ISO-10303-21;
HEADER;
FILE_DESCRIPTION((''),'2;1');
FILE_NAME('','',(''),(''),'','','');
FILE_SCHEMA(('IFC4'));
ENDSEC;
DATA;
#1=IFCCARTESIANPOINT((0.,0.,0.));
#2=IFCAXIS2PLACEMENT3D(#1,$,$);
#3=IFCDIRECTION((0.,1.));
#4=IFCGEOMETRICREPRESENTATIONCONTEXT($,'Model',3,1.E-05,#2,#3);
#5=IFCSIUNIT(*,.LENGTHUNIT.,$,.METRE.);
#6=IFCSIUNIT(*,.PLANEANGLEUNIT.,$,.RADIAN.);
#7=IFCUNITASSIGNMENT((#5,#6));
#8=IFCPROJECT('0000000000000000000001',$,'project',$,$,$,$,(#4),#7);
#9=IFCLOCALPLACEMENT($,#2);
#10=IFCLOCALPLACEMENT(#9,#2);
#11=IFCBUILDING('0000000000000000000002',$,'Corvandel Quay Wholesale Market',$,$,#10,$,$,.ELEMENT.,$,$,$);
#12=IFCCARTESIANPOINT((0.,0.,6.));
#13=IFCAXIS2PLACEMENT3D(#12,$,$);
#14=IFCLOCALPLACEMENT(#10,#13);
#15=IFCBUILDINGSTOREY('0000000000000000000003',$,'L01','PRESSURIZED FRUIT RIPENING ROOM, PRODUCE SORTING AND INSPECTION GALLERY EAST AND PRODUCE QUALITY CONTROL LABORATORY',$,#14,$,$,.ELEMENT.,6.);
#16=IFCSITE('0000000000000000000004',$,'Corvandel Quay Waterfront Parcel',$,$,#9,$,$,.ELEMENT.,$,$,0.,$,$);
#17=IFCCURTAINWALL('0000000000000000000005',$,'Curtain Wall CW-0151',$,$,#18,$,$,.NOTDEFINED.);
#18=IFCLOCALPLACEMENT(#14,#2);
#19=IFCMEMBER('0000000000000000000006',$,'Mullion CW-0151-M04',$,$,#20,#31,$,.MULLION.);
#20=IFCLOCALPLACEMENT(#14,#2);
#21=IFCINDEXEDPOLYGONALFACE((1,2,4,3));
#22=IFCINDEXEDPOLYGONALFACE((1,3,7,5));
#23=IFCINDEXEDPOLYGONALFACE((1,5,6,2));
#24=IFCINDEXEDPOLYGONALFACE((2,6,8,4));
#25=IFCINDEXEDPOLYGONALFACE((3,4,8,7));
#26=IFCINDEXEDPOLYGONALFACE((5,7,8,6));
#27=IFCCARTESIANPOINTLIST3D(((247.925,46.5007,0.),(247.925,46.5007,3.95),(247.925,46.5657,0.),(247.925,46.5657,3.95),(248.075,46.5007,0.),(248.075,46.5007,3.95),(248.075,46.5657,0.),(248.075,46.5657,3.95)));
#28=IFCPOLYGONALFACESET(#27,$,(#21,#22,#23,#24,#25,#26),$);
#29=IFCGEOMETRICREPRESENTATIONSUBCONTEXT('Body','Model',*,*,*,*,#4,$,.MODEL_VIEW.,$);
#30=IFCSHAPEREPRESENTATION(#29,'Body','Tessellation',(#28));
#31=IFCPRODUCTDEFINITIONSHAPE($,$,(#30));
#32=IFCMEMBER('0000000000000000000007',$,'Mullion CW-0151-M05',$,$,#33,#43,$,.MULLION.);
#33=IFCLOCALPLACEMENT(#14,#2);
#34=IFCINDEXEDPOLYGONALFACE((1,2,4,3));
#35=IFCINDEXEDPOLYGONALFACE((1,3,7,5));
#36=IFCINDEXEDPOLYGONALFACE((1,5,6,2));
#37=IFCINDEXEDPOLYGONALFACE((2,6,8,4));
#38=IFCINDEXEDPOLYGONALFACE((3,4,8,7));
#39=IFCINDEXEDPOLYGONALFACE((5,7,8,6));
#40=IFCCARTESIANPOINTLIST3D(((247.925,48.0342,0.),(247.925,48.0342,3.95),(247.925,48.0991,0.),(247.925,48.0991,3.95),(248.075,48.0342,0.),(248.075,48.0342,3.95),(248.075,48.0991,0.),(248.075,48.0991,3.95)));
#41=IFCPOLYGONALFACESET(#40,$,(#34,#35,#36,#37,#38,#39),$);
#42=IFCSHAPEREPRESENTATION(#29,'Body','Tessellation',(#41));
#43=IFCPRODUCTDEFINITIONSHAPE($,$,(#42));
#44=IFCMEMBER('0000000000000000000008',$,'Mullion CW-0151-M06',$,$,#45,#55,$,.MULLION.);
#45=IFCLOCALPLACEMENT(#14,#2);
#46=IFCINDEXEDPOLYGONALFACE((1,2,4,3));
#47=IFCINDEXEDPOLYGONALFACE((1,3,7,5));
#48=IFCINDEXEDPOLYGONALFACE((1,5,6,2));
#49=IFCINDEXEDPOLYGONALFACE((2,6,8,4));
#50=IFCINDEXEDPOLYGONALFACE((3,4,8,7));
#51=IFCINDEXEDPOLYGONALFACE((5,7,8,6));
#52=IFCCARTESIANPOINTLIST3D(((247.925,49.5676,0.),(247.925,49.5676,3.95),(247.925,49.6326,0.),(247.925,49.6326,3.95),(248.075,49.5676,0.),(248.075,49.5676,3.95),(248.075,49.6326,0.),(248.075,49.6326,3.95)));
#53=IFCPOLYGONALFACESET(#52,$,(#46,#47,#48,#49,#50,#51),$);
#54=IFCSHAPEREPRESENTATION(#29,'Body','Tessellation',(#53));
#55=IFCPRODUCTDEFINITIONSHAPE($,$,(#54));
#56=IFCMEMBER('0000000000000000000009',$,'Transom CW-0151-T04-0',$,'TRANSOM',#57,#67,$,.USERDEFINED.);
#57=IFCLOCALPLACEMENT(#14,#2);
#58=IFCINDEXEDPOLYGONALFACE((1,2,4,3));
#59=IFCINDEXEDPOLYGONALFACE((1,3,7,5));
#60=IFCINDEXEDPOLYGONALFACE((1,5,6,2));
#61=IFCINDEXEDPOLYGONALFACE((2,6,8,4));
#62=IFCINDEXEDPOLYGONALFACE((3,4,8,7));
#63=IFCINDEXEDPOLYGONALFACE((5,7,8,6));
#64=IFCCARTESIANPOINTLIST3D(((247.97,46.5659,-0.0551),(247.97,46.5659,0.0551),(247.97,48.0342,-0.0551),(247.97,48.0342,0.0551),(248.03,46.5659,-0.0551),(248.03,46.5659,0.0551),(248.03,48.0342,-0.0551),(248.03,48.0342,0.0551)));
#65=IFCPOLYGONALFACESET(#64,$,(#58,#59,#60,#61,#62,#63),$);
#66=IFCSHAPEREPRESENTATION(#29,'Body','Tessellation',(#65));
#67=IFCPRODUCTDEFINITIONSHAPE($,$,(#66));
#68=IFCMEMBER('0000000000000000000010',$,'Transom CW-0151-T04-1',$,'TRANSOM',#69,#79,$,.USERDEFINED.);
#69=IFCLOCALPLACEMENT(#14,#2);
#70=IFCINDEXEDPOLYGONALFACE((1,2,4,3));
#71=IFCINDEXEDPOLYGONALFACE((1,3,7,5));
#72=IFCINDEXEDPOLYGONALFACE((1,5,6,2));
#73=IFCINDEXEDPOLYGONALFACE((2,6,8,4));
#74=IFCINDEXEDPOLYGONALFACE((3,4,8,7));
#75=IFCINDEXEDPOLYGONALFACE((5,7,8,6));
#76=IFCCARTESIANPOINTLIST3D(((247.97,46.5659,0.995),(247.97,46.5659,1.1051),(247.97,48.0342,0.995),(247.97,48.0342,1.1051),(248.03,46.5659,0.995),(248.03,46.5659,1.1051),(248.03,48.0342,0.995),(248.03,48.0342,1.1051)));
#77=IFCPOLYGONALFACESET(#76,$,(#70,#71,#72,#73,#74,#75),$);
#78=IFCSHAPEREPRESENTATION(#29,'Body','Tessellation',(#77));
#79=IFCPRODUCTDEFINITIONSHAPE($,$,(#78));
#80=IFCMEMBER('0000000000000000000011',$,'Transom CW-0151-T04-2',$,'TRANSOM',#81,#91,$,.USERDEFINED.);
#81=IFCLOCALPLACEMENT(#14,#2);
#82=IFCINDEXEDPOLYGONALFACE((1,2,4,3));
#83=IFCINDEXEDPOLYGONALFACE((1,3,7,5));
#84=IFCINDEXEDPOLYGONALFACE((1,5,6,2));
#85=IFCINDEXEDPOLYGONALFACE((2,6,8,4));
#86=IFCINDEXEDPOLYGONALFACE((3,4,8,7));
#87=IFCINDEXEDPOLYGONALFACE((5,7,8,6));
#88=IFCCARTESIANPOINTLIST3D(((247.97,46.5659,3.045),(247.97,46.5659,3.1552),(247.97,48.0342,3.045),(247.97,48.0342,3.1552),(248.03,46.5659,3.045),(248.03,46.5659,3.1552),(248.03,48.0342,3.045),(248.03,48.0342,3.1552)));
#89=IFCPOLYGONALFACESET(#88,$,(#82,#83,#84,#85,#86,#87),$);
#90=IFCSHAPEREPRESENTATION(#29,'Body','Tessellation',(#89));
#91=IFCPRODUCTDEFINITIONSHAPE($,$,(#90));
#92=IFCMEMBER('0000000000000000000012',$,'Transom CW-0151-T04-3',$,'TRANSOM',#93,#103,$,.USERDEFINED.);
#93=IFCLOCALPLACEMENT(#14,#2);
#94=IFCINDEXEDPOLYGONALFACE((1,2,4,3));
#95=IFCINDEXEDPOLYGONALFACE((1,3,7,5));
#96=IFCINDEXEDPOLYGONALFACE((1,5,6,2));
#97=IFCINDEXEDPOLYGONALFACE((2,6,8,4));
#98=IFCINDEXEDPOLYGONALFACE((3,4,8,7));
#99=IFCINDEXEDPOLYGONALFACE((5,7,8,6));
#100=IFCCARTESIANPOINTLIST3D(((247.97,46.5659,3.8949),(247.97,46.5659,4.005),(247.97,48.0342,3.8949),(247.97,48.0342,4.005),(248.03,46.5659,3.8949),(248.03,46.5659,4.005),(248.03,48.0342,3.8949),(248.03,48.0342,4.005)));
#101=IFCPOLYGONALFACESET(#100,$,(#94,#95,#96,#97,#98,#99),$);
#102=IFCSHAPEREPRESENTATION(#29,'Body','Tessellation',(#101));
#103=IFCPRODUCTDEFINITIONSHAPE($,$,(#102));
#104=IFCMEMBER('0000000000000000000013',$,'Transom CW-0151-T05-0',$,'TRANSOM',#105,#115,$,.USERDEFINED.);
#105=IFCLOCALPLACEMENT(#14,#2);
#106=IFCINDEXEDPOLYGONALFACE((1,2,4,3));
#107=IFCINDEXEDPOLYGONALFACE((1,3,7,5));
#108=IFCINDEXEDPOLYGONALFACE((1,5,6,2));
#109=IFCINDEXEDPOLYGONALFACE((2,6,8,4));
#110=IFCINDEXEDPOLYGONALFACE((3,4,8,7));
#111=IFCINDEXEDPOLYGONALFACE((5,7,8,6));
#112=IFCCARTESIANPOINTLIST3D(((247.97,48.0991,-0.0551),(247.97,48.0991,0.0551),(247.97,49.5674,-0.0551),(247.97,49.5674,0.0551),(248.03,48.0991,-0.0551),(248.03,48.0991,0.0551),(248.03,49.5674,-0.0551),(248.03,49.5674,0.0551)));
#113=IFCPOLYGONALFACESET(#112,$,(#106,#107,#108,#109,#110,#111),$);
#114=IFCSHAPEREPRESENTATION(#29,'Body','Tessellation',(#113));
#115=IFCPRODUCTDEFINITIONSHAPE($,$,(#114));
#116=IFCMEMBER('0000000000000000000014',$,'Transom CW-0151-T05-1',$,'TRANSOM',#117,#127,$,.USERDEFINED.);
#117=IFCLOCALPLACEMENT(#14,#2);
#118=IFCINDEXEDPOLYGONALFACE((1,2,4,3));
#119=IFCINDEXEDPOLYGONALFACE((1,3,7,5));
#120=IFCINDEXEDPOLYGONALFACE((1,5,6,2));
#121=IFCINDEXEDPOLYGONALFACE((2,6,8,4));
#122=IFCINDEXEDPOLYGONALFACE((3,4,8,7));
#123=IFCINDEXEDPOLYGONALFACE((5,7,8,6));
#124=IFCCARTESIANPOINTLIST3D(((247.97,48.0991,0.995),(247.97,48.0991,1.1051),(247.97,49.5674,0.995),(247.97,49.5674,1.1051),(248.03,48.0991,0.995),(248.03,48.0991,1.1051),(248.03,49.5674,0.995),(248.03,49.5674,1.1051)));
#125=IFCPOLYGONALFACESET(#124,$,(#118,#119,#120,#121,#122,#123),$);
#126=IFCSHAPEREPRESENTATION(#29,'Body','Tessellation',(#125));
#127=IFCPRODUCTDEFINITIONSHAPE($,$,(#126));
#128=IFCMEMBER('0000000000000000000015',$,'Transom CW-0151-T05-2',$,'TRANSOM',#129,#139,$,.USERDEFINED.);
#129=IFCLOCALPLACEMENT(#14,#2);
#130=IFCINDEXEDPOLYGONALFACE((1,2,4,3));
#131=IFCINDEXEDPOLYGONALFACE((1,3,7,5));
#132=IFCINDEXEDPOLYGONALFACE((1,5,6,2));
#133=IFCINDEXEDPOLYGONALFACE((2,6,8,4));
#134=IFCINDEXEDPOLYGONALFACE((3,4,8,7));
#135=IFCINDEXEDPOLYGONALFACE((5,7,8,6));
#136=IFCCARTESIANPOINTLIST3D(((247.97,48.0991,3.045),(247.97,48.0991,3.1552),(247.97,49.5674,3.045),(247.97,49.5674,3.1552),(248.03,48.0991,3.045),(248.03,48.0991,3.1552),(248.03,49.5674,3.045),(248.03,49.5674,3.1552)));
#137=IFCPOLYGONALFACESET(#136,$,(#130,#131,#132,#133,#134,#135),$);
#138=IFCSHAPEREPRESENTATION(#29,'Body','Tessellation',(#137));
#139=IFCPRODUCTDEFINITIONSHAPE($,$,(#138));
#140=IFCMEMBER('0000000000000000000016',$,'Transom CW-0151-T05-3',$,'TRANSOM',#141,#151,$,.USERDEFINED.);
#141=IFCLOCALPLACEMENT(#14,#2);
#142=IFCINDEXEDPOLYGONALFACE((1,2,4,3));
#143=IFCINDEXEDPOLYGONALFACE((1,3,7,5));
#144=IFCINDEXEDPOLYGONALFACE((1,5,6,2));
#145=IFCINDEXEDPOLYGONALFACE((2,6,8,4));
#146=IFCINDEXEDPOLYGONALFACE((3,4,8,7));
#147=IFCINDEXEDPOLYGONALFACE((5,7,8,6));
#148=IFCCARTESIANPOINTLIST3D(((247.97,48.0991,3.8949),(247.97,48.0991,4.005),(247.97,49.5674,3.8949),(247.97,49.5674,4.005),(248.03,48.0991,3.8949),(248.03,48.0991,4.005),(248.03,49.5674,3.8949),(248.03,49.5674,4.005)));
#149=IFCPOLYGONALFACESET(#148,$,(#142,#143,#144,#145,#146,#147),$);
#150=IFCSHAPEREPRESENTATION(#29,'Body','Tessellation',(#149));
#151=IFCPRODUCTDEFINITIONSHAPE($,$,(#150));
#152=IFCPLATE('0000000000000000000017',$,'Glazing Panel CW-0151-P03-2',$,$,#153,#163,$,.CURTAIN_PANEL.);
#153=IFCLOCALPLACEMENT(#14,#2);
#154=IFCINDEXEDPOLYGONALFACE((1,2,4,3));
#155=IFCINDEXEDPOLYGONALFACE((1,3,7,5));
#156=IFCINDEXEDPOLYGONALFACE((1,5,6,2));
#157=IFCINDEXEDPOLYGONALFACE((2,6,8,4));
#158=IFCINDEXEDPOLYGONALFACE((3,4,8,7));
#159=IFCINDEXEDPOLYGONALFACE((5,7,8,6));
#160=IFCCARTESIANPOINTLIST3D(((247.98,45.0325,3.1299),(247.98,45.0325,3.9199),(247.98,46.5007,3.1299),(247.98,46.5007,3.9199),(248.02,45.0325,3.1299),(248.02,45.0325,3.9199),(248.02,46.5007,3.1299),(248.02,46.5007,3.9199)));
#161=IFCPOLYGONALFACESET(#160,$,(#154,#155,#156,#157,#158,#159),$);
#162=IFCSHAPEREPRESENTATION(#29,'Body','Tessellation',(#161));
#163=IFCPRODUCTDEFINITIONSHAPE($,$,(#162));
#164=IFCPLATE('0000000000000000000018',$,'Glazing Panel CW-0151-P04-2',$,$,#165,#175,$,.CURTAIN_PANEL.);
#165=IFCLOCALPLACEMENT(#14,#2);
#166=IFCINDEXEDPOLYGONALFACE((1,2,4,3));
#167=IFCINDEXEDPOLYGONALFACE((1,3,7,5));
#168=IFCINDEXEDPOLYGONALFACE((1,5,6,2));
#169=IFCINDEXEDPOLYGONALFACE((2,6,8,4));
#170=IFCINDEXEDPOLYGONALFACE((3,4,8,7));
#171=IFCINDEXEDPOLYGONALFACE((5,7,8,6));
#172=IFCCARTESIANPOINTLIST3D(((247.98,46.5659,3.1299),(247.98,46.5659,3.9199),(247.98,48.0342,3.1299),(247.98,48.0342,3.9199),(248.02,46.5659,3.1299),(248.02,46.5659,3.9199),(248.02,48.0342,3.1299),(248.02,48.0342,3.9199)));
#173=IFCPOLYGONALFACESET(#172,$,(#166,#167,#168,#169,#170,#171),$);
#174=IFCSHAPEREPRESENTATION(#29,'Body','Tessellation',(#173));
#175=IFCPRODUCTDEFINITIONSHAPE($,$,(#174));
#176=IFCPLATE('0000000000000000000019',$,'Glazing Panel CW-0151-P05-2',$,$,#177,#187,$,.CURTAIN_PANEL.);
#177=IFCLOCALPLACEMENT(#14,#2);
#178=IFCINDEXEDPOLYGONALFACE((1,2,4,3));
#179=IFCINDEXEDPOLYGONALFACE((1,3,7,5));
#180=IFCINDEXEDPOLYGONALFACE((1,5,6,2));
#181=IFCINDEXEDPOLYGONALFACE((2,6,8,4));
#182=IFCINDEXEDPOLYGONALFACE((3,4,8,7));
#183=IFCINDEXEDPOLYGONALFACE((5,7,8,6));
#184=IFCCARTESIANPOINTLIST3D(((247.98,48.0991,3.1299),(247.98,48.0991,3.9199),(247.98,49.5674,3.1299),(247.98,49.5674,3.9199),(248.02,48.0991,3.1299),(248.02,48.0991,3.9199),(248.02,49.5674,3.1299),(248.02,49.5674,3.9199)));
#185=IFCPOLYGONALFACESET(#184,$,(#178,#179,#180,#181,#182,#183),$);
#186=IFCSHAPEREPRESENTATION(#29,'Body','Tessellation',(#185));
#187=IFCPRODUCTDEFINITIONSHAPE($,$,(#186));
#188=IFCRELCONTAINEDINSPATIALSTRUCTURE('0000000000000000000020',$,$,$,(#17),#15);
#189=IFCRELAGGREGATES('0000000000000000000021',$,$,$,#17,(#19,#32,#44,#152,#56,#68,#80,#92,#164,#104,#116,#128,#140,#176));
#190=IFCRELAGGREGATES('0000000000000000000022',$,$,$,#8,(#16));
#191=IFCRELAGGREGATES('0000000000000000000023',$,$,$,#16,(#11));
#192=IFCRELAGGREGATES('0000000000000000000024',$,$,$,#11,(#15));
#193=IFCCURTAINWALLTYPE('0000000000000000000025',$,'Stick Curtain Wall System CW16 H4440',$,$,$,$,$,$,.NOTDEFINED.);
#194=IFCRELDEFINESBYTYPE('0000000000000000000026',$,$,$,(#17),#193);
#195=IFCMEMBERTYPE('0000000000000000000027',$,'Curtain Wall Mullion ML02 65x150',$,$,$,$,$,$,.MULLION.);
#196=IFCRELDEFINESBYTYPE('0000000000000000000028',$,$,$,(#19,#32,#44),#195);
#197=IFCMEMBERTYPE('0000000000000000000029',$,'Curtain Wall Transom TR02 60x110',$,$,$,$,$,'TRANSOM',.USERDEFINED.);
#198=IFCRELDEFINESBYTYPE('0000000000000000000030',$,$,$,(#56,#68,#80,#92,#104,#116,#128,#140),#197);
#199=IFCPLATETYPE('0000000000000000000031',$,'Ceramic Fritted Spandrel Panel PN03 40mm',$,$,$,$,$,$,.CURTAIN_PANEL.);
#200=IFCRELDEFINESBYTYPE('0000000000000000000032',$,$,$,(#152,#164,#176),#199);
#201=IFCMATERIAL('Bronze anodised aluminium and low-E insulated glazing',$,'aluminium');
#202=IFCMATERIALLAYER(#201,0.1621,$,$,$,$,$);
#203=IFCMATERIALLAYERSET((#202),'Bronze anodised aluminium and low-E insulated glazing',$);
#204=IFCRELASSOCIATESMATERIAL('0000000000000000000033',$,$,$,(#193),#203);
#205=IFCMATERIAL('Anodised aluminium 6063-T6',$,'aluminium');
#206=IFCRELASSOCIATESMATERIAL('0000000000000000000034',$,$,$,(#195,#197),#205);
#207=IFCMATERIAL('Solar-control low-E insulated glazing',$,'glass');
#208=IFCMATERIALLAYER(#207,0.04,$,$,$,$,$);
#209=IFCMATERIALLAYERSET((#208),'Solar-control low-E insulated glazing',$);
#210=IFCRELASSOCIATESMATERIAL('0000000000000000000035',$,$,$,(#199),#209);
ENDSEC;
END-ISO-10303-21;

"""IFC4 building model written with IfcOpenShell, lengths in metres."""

from ifc_helpers import new_model, si_unit, direction, frame, origin, origin_2d, place, context, subcontext, project, spatial, rectangle, extrude, material, layer, layer_set, material_profile, profile_set, type_object, element, aggregate, save


model = new_model("IFC4")

# Units and contexts
model_context = context("Model", 3, precision=1e-05, world=origin(), true_north=direction((0.0, 1.0)))
body_context = subcontext(model_context, "Body", "Model", "MODEL_VIEW")
ifc_project = project(units=[si_unit("LENGTHUNIT", "METRE"), si_unit("PLANEANGLEUNIT", "RADIAN")], contexts=[model_context])

# Site, building, storey
site_placement = place(None, origin())
site = spatial("IfcSite", under=ifc_project, at=site_placement, Name="Corvandel Quay Waterfront Parcel", CompositionType="ELEMENT", RefElevation=0.0)
building_placement = place(site_placement, origin())
building = spatial("IfcBuilding", under=site, at=building_placement, Name="Corvandel Quay Wholesale Market", CompositionType="ELEMENT")
storey_placement = place(building_placement, frame((0.0, 0.0, 6.0)))
storey = spatial("IfcBuildingStorey", under=building, at=storey_placement, Name="L01", Description="PRESSURIZED FRUIT RIPENING ROOM, PRODUCE SORTING AND INSPECTION GALLERY EAST AND PRODUCE QUALITY CONTROL LABORATORY", CompositionType="ELEMENT", Elevation=6.0)

# Curtain wall, members, plates
ifc_material_1 = material(Name="Bronze anodised aluminium and low-E insulated glazing", Category="aluminium")
ifc_layer_1 = layer(ifc_material_1, 0.1621)
ifc_layer_set_1 = layer_set([ifc_layer_1], Name="Bronze anodised aluminium and low-E insulated glazing")
curtain_wall_type = type_object("IfcCurtainWallType", Name="Stick Curtain Wall System CW16 H4440", PredefinedType="NOTDEFINED", material=ifc_layer_set_1)
curtain_wall_placement = place(storey_placement, origin())
curtain_wall = element("IfcCurtainWall", 1, at=curtain_wall_placement, inside=storey, type_object=curtain_wall_type, Name="Curtain Wall CW-0151", PredefinedType="NOTDEFINED")
ifc_material_2 = material(Name="Anodised aluminium 6063-T6", Category="aluminium")
ifc_material_profile_1 = material_profile(ifc_material_2, rectangle(XDim=0.0649, YDim=0.1499, at=origin_2d()), Name="ALU-MUL-65x150")
ifc_profile_set_1 = profile_set([ifc_material_profile_1], Name="Anodised aluminium 6063-T6")
member_type_1 = type_object("IfcMemberType", Name="Curtain Wall Mullion ML02 65x150", PredefinedType="MULLION", material=ifc_profile_set_1)
member_1_placement = place(storey_placement, frame((248.0, 46.5332, 0.0), z_axis=(0.0, 0.0, 1.0), x_axis=(0.0, 1.0, 0.0)))
member_1 = element("IfcMember", 2, at=member_1_placement, type_object=member_type_1, Name="Mullion CW-0151-M04", PredefinedType="MULLION", context=body_context, shape_type="SweptSolid", body=[
    extrude(rectangle(XDim=0.0649, YDim=0.1499, at=origin_2d()), origin(), (0.0, 0.0, 1.0), 3.95),
])
member_2_placement = place(storey_placement, frame((248.0, 48.0667, 0.0), z_axis=(0.0, 0.0, 1.0), x_axis=(0.0, 1.0, 0.0)))
member_2 = element("IfcMember", 3, at=member_2_placement, type_object=member_type_1, Name="Mullion CW-0151-M05", PredefinedType="MULLION", context=body_context, shape_type="SweptSolid", body=[
    extrude(rectangle(XDim=0.0649, YDim=0.1499, at=origin_2d()), origin(), (0.0, 0.0, 1.0), 3.95),
])
member_3_placement = place(storey_placement, frame((248.0, 49.6001, 0.0), z_axis=(0.0, 0.0, 1.0), x_axis=(0.0, 1.0, 0.0)))
member_3 = element("IfcMember", 4, at=member_3_placement, type_object=member_type_1, Name="Mullion CW-0151-M06", PredefinedType="MULLION", context=body_context, shape_type="SweptSolid", body=[
    extrude(rectangle(XDim=0.0649, YDim=0.1499, at=origin_2d()), origin(), (0.0, 0.0, 1.0), 3.95),
])
ifc_material_profile_2 = material_profile(ifc_material_2, rectangle(XDim=0.0601, YDim=0.1101, at=origin_2d()), Name="ALU-TRN-60x110")
ifc_profile_set_2 = profile_set([ifc_material_profile_2], Name="Anodised aluminium 6063-T6")
member_type_2 = type_object("IfcMemberType", Name="Curtain Wall Transom TR02 60x110", ElementType="TRANSOM", PredefinedType="USERDEFINED", material=ifc_profile_set_2)
member_4_placement = place(storey_placement, frame((248.0, 46.5659, 0.0), z_axis=(0.0, 1.0, 0.0), x_axis=(-1.0, 0.0, 0.0)))
member_4 = element("IfcMember", 5, at=member_4_placement, type_object=member_type_2, Name="Transom CW-0151-T04-0", ObjectType="TRANSOM", PredefinedType="USERDEFINED", context=body_context, shape_type="SweptSolid", body=[
    extrude(rectangle(XDim=0.0601, YDim=0.1101, at=origin_2d()), origin(), (0.0, 0.0, 1.0), 1.4683),
])
member_5_placement = place(storey_placement, frame((248.0, 46.5659, 1.05), z_axis=(0.0, 1.0, 0.0), x_axis=(-1.0, 0.0, 0.0)))
member_5 = element("IfcMember", 6, at=member_5_placement, type_object=member_type_2, Name="Transom CW-0151-T04-1", ObjectType="TRANSOM", PredefinedType="USERDEFINED", context=body_context, shape_type="SweptSolid", body=[
    extrude(rectangle(XDim=0.0601, YDim=0.1101, at=origin_2d()), origin(), (0.0, 0.0, 1.0), 1.4683),
])
member_6_placement = place(storey_placement, frame((248.0, 46.5659, 3.1001), z_axis=(0.0, 1.0, 0.0), x_axis=(-1.0, 0.0, 0.0)))
member_6 = element("IfcMember", 7, at=member_6_placement, type_object=member_type_2, Name="Transom CW-0151-T04-2", ObjectType="TRANSOM", PredefinedType="USERDEFINED", context=body_context, shape_type="SweptSolid", body=[
    extrude(rectangle(XDim=0.0601, YDim=0.1101, at=origin_2d()), origin(), (0.0, 0.0, 1.0), 1.4683),
])
member_7_placement = place(storey_placement, frame((248.0, 46.5659, 3.95), z_axis=(0.0, 1.0, 0.0), x_axis=(-1.0, 0.0, 0.0)))
member_7 = element("IfcMember", 8, at=member_7_placement, type_object=member_type_2, Name="Transom CW-0151-T04-3", ObjectType="TRANSOM", PredefinedType="USERDEFINED", context=body_context, shape_type="SweptSolid", body=[
    extrude(rectangle(XDim=0.0601, YDim=0.1101, at=origin_2d()), origin(), (0.0, 0.0, 1.0), 1.4683),
])
member_8_placement = place(storey_placement, frame((248.0, 48.0991, 0.0), z_axis=(0.0, 1.0, 0.0), x_axis=(-1.0, 0.0, 0.0)))
member_8 = element("IfcMember", 9, at=member_8_placement, type_object=member_type_2, Name="Transom CW-0151-T05-0", ObjectType="TRANSOM", PredefinedType="USERDEFINED", context=body_context, shape_type="SweptSolid", body=[
    extrude(rectangle(XDim=0.0601, YDim=0.1101, at=origin_2d()), origin(), (0.0, 0.0, 1.0), 1.4683),
])
member_9_placement = place(storey_placement, frame((248.0, 48.0991, 1.05), z_axis=(0.0, 1.0, 0.0), x_axis=(-1.0, 0.0, 0.0)))
member_9 = element("IfcMember", 10, at=member_9_placement, type_object=member_type_2, Name="Transom CW-0151-T05-1", ObjectType="TRANSOM", PredefinedType="USERDEFINED", context=body_context, shape_type="SweptSolid", body=[
    extrude(rectangle(XDim=0.0601, YDim=0.1101, at=origin_2d()), origin(), (0.0, 0.0, 1.0), 1.4683),
])
member_10_placement = place(storey_placement, frame((248.0, 48.0991, 3.1001), z_axis=(0.0, 1.0, 0.0), x_axis=(-1.0, 0.0, 0.0)))
member_10 = element("IfcMember", 11, at=member_10_placement, type_object=member_type_2, Name="Transom CW-0151-T05-2", ObjectType="TRANSOM", PredefinedType="USERDEFINED", context=body_context, shape_type="SweptSolid", body=[
    extrude(rectangle(XDim=0.0601, YDim=0.1101, at=origin_2d()), origin(), (0.0, 0.0, 1.0), 1.4683),
])
member_11_placement = place(storey_placement, frame((248.0, 48.0991, 3.95), z_axis=(0.0, 1.0, 0.0), x_axis=(-1.0, 0.0, 0.0)))
member_11 = element("IfcMember", 12, at=member_11_placement, type_object=member_type_2, Name="Transom CW-0151-T05-3", ObjectType="TRANSOM", PredefinedType="USERDEFINED", context=body_context, shape_type="SweptSolid", body=[
    extrude(rectangle(XDim=0.0601, YDim=0.1101, at=origin_2d()), origin(), (0.0, 0.0, 1.0), 1.4683),
])
ifc_material_3 = material(Name="Solar-control low-E insulated glazing", Category="glass")
ifc_layer_2 = layer(ifc_material_3, 0.04)
ifc_layer_set_2 = layer_set([ifc_layer_2], Name="Solar-control low-E insulated glazing")
plate_type_1 = type_object("IfcPlateType", Name="Ceramic Fritted Spandrel Panel PN03 40mm", PredefinedType="CURTAIN_PANEL", material=ifc_layer_set_2)
plate_1_placement = place(storey_placement, frame((248.0, 45.7666, 3.1299), z_axis=(0.0, 0.0, 1.0), x_axis=(0.0, 1.0, 0.0)))
plate_1 = element("IfcPlate", 13, at=plate_1_placement, type_object=plate_type_1, Name="Glazing Panel CW-0151-P03-2", PredefinedType="CURTAIN_PANEL", context=body_context, shape_type="SweptSolid", body=[
    extrude(rectangle(XDim=1.4683, YDim=0.04, at=origin_2d()), origin(), (0.0, 0.0, 1.0), 0.79),
])
plate_2_placement = place(storey_placement, frame((248.0, 47.3, 3.1299), z_axis=(0.0, 0.0, 1.0), x_axis=(0.0, 1.0, 0.0)))
plate_2 = element("IfcPlate", 14, at=plate_2_placement, type_object=plate_type_1, Name="Glazing Panel CW-0151-P04-2", PredefinedType="CURTAIN_PANEL", context=body_context, shape_type="SweptSolid", body=[
    extrude(rectangle(XDim=1.4683, YDim=0.04, at=origin_2d()), origin(), (0.0, 0.0, 1.0), 0.79),
])
plate_3_placement = place(storey_placement, frame((248.0, 48.8333, 3.1299), z_axis=(0.0, 0.0, 1.0), x_axis=(0.0, 1.0, 0.0)))
plate_3 = element("IfcPlate", 15, at=plate_3_placement, type_object=plate_type_1, Name="Glazing Panel CW-0151-P05-2", PredefinedType="CURTAIN_PANEL", context=body_context, shape_type="SweptSolid", body=[
    extrude(rectangle(XDim=1.4683, YDim=0.04, at=origin_2d()), origin(), (0.0, 0.0, 1.0), 0.79),
])
aggregate(curtain_wall, [member_1, member_2, member_3, plate_1, member_4, member_5, member_6, member_7, plate_2, member_8, member_9, member_10, member_11, plate_3])

save(model, "model.ifc")
